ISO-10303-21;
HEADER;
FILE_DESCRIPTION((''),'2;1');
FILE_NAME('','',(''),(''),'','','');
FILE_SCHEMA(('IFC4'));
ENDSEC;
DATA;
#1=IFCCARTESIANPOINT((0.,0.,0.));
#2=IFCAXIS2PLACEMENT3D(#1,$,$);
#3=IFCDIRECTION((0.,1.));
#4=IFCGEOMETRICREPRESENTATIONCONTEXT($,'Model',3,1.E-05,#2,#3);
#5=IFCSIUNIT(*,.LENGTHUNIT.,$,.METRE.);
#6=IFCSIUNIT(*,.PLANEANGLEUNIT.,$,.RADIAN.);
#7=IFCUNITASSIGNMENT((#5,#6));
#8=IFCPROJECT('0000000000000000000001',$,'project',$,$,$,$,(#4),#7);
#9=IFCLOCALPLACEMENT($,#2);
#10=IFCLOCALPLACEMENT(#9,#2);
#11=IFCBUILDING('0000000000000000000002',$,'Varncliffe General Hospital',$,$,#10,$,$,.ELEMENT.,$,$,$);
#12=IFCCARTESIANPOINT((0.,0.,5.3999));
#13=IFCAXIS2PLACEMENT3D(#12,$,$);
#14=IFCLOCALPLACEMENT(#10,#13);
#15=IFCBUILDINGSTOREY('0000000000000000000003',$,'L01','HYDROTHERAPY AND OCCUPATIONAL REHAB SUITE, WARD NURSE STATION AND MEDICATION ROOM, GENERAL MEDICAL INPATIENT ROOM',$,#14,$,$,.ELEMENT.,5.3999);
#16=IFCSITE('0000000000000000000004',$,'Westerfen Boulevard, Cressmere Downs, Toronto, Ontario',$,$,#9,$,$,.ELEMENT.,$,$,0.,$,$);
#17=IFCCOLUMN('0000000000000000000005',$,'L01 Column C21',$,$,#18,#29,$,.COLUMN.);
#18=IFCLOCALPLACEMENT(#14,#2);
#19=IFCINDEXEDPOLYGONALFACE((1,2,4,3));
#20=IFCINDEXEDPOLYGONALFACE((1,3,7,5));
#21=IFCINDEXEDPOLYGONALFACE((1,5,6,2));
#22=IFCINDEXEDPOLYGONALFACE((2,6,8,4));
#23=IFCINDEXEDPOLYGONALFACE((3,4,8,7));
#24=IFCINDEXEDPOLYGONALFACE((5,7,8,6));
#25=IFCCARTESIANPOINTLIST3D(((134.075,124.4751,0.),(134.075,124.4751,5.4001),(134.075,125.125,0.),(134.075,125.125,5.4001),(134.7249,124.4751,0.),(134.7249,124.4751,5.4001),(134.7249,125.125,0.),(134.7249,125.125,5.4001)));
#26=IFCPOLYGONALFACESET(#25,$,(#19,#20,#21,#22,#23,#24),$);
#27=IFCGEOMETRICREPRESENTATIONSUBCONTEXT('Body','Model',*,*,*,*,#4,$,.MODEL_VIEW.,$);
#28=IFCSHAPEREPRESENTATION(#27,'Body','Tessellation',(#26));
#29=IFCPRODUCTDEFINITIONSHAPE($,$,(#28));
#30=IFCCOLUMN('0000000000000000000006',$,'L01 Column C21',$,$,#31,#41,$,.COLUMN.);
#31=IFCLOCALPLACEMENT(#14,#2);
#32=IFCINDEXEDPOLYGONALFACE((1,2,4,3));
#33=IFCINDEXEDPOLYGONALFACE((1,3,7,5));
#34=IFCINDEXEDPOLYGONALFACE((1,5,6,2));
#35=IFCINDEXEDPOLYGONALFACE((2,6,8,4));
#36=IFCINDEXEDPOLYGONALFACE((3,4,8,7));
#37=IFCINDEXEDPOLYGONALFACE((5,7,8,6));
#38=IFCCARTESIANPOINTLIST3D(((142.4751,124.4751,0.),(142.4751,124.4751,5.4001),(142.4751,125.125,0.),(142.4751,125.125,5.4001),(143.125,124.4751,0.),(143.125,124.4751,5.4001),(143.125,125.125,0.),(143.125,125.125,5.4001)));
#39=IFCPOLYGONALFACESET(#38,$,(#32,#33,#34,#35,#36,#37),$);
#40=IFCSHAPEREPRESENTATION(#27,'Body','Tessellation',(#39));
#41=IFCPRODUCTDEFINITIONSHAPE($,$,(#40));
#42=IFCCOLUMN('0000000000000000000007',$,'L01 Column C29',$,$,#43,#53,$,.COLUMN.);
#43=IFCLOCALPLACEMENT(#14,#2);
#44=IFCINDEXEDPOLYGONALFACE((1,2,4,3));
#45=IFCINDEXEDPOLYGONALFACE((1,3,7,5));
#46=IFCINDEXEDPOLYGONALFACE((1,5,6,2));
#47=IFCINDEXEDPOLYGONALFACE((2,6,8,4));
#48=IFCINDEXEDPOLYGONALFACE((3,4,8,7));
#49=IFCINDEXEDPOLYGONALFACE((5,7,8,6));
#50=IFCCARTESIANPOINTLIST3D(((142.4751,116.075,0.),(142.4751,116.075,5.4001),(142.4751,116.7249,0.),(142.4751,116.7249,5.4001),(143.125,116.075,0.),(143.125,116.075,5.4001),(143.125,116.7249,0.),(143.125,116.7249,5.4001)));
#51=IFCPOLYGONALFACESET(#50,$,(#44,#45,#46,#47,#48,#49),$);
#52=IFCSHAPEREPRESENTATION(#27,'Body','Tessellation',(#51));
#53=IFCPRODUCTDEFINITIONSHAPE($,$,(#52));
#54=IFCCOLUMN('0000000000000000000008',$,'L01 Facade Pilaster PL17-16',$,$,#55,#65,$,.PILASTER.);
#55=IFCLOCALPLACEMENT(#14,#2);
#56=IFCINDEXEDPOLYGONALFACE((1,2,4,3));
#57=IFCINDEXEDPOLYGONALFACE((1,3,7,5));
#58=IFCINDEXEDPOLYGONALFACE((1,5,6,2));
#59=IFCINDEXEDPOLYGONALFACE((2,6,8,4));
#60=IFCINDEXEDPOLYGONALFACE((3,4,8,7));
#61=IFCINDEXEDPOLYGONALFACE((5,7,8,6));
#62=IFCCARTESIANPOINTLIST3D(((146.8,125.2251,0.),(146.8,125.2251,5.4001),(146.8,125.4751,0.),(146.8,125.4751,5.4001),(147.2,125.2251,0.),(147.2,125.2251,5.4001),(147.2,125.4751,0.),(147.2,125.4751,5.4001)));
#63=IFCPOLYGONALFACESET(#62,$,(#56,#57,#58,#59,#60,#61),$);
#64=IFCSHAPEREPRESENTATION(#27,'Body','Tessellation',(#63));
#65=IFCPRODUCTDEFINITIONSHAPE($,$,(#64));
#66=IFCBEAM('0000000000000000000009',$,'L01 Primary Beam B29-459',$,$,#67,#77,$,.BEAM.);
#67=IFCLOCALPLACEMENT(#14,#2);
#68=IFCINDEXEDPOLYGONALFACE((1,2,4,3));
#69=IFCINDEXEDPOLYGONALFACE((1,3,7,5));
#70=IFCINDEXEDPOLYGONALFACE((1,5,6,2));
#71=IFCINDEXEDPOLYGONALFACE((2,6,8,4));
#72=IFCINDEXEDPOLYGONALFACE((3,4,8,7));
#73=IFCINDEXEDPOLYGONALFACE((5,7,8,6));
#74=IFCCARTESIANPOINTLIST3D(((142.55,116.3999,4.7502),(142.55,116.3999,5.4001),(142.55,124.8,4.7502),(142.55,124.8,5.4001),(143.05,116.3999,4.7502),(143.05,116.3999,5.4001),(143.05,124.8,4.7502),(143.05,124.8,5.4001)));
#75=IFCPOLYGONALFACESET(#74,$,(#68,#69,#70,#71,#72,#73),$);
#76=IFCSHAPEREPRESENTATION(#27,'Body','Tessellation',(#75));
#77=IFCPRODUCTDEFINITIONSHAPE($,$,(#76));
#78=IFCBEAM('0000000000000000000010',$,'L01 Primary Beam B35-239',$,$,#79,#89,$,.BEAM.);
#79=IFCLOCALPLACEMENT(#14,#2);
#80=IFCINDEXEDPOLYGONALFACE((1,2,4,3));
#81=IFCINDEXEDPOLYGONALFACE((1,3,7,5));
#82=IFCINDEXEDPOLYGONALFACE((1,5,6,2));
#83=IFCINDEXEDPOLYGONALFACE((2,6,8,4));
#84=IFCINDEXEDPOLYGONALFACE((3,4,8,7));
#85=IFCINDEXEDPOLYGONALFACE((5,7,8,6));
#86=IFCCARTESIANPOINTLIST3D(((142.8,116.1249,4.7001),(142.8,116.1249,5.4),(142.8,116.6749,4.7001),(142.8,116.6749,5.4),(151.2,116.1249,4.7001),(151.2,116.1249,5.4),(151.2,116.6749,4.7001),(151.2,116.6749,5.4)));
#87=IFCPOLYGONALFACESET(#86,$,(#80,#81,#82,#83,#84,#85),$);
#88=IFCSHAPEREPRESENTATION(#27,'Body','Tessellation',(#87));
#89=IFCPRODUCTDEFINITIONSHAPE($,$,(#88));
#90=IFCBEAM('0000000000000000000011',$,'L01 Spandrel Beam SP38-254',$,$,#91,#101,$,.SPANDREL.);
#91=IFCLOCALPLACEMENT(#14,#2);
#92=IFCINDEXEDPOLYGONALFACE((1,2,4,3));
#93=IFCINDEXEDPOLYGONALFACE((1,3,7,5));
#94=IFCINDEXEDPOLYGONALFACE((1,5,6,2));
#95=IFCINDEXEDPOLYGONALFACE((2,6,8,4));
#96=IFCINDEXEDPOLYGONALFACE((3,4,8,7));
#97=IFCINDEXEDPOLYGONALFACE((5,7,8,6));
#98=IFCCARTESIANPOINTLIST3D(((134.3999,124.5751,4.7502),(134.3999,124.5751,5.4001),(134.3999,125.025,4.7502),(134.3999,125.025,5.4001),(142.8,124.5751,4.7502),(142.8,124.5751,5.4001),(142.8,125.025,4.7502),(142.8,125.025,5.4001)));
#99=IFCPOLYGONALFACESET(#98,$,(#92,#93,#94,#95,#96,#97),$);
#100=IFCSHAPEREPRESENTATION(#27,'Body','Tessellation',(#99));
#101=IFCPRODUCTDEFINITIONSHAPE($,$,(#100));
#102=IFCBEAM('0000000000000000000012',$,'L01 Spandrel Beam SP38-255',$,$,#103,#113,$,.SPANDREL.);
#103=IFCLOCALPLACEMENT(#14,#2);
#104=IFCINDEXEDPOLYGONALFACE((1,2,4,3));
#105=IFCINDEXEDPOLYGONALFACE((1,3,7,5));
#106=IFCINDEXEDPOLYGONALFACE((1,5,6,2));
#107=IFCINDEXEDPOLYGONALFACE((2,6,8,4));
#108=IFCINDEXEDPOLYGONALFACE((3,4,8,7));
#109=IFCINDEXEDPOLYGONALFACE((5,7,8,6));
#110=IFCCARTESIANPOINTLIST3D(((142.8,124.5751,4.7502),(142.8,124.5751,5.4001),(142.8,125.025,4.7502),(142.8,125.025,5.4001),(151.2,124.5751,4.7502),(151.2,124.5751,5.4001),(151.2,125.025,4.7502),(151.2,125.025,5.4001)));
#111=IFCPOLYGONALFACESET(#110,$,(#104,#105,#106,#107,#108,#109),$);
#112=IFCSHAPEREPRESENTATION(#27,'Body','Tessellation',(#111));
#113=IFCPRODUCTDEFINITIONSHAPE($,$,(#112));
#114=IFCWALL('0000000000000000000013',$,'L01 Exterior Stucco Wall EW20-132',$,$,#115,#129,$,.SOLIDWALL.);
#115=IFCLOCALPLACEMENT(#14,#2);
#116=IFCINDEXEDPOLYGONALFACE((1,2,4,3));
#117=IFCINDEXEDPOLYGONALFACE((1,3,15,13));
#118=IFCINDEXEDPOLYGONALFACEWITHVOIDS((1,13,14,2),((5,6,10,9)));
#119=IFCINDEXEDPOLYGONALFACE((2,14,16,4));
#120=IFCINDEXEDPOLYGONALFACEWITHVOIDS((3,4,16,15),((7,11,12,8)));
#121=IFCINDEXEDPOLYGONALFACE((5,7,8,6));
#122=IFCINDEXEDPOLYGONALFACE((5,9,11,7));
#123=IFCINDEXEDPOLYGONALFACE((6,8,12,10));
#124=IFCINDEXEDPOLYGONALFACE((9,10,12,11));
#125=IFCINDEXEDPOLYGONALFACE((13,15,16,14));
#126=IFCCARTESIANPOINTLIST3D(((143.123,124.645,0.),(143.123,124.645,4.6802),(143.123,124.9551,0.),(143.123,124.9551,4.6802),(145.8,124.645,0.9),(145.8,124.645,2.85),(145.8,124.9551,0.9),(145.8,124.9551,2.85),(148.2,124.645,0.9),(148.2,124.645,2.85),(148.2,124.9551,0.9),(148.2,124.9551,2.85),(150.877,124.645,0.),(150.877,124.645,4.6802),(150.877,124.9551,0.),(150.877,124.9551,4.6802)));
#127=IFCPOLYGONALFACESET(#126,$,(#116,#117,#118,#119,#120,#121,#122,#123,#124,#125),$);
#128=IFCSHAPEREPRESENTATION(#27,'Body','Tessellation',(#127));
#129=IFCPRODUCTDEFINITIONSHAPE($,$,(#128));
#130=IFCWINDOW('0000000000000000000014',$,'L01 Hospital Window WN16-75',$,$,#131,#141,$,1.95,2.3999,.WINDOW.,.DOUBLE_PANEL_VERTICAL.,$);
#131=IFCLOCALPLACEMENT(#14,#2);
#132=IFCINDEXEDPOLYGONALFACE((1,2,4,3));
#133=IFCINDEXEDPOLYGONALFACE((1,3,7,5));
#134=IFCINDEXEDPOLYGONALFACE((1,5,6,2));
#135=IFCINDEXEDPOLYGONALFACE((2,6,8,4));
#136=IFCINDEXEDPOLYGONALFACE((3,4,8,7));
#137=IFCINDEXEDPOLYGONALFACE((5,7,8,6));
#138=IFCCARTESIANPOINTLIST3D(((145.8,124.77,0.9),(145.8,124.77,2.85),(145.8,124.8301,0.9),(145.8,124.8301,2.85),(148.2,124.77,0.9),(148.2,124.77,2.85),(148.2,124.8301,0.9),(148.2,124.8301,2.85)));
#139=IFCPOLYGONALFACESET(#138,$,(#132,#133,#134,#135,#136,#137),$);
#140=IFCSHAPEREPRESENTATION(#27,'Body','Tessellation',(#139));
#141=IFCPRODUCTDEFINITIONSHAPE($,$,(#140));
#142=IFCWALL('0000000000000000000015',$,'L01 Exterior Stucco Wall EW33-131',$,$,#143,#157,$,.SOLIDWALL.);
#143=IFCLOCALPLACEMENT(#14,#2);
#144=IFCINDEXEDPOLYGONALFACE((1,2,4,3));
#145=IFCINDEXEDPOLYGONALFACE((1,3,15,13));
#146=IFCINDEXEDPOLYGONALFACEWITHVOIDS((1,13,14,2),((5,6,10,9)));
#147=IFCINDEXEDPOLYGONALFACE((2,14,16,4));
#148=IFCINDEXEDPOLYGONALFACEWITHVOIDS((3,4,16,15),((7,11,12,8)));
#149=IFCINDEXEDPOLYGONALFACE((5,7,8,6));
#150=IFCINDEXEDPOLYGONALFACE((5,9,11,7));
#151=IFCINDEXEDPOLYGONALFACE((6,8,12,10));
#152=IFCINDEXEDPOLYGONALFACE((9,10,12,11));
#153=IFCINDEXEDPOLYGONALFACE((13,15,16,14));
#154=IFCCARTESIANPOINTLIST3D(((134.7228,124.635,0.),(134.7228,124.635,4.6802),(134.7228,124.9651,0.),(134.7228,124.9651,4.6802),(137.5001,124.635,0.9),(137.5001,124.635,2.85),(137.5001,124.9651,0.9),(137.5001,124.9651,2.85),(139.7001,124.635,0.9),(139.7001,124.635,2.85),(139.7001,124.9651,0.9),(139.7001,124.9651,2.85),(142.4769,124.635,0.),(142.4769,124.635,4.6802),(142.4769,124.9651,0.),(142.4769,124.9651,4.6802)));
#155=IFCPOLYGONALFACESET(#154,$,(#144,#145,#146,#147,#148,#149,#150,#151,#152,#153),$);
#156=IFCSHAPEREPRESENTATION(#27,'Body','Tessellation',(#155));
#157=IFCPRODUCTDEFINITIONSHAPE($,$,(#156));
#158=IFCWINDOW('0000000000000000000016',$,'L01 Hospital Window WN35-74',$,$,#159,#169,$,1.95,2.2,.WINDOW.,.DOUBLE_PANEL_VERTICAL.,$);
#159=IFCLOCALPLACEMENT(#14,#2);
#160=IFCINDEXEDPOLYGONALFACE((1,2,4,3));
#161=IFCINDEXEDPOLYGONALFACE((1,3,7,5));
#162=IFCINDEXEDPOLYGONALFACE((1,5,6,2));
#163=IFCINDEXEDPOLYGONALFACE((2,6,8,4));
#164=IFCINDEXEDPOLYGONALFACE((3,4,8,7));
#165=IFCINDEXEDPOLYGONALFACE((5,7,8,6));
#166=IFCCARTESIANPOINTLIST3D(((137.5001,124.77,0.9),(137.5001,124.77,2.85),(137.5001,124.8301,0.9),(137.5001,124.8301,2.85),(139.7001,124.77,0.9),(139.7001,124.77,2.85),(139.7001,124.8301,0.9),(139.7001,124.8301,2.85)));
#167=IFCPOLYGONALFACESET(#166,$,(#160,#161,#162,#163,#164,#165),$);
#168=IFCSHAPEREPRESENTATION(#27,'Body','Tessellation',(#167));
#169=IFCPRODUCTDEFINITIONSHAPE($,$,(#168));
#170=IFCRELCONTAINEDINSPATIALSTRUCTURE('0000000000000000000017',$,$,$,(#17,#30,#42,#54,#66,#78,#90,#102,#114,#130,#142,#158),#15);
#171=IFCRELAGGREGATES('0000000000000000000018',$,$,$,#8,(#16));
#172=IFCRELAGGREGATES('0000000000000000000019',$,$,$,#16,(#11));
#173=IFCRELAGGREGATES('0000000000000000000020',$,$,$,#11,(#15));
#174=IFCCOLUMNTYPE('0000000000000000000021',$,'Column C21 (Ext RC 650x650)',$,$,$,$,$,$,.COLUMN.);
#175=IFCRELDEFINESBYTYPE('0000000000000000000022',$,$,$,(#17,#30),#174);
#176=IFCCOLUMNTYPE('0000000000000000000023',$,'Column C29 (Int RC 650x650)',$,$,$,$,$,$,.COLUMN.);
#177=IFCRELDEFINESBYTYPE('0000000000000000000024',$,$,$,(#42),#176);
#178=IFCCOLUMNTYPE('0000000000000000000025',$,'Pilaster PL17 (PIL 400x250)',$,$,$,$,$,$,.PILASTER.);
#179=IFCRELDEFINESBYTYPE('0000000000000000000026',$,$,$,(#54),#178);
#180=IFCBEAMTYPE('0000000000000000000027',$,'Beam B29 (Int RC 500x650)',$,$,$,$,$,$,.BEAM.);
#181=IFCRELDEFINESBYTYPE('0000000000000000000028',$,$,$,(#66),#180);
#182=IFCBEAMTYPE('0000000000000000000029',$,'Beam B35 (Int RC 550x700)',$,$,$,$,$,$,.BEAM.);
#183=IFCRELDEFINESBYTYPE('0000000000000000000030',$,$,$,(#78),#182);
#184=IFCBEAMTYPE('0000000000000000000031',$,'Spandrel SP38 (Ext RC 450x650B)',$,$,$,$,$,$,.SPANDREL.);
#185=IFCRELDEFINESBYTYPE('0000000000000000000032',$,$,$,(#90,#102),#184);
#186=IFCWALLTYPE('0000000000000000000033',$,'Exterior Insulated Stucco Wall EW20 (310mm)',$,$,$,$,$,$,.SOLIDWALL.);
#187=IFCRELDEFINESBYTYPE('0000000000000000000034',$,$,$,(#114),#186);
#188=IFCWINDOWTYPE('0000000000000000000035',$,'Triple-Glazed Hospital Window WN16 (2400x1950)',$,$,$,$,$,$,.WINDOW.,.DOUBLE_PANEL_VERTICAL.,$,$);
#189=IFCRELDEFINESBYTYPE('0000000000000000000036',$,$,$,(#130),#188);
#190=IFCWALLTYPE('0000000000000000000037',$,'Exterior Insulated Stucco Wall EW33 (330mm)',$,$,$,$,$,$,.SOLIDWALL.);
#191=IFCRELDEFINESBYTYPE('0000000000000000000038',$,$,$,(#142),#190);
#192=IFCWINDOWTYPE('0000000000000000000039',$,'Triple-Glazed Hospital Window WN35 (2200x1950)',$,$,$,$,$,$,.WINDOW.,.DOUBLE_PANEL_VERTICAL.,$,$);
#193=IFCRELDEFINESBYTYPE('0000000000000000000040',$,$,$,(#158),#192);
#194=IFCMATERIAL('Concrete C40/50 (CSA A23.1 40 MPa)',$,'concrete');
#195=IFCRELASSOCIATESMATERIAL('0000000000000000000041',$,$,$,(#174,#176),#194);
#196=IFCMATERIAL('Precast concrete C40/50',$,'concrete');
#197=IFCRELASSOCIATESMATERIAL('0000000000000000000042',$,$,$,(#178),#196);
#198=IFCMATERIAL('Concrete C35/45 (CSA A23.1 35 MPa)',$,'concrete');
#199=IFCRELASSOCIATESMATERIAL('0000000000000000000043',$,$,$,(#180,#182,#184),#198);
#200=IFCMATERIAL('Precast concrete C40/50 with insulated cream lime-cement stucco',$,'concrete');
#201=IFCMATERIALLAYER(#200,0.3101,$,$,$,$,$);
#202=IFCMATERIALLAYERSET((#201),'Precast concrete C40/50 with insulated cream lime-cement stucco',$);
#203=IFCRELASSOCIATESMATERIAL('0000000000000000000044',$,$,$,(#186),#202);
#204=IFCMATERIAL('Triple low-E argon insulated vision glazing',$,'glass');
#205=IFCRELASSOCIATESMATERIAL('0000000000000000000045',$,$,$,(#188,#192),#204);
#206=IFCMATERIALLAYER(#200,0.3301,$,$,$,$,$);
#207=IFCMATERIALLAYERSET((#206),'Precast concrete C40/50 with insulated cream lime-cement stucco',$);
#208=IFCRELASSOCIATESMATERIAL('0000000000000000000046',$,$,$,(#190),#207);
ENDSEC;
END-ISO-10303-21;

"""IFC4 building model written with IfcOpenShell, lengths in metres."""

from ifc_helpers import new_model, si_unit, direction, frame, frame_2d, origin, origin_2d, place, context, subcontext, project, spatial, rectangle, extrude, material, layer, layer_set, material_profile, profile_set, type_object, element, fill, save


model = new_model("IFC4")

# Units and contexts
model_context = context("Model", 3, precision=1e-05, world=origin(), true_north=direction((0.0, 1.0)))
body_context = subcontext(model_context, "Body", "Model", "MODEL_VIEW")
ifc_project = project(units=[si_unit("LENGTHUNIT", "METRE"), si_unit("PLANEANGLEUNIT", "RADIAN")], contexts=[model_context])

# Site, building, storey
site_placement = place(None, origin())
site = spatial("IfcSite", under=ifc_project, at=site_placement, Name="Westerfen Boulevard, Cressmere Downs, Toronto, Ontario", CompositionType="ELEMENT", RefElevation=0.0)
building_placement = place(site_placement, origin())
building = spatial("IfcBuilding", under=site, at=building_placement, Name="Varncliffe General Hospital", CompositionType="ELEMENT")
storey_placement = place(building_placement, frame((0.0, 0.0, 5.3999)))
storey = spatial("IfcBuildingStorey", under=building, at=storey_placement, Name="L01", Description="HYDROTHERAPY AND OCCUPATIONAL REHAB SUITE, WARD NURSE STATION AND MEDICATION ROOM, GENERAL MEDICAL INPATIENT ROOM", CompositionType="ELEMENT", Elevation=5.3999)

# Columns
ifc_material_1 = material(Name="Concrete C40/50 (CSA A23.1 40 MPa)", Category="concrete")
ifc_material_profile_1 = material_profile(ifc_material_1, rectangle(XDim=0.6499, YDim=0.6499, at=origin_2d()), Name="RC 650x650")
ifc_profile_set_1 = profile_set([ifc_material_profile_1], Name="Concrete C40/50 (CSA A23.1 40 MPa)")
column_type_1 = type_object("IfcColumnType", Name="Column C21 (Ext RC 650x650)", PredefinedType="COLUMN", material=ifc_profile_set_1)
for number, where, z_axis, x_axis, name in (
    (1, (134.3999, 124.8, 0.0), (0.0, 0.0, 1.0), (1.0, 0.0, 0.0), "L01 Column C21"),
    (2, (142.8, 124.8, 0.0), (0.0, 0.0, 1.0), (1.0, 0.0, 0.0), "L01 Column C21"),
):
    element("IfcColumn", number, at=place(storey_placement, frame(where, z_axis=z_axis, x_axis=x_axis)), inside=storey, type_object=column_type_1, Name=name, PredefinedType="COLUMN", context=body_context, shape_type="SweptSolid", body=[
        extrude(rectangle(XDim=0.6499, YDim=0.6499, at=origin_2d()), origin(), (0.0, 0.0, 1.0), 5.4001),
    ])
ifc_material_profile_2 = material_profile(ifc_material_1, rectangle(XDim=0.6499, YDim=0.6499, at=origin_2d()), Name="RC 650x650")
ifc_profile_set_2 = profile_set([ifc_material_profile_2], Name="Concrete C40/50 (CSA A23.1 40 MPa)")
column_type_2 = type_object("IfcColumnType", Name="Column C29 (Int RC 650x650)", PredefinedType="COLUMN", material=ifc_profile_set_2)
column_1_placement = place(storey_placement, frame((142.8, 116.3999, 0.0), z_axis=(0.0, 0.0, 1.0), x_axis=(1.0, 0.0, 0.0)))
element("IfcColumn", 3, at=column_1_placement, inside=storey, type_object=column_type_2, Name="L01 Column C29", PredefinedType="COLUMN", context=body_context, shape_type="SweptSolid", body=[
    extrude(rectangle(XDim=0.6499, YDim=0.6499, at=origin_2d()), origin(), (0.0, 0.0, 1.0), 5.4001),
])
ifc_material_2 = material(Name="Precast concrete C40/50", Category="concrete")
ifc_material_profile_3 = material_profile(ifc_material_2, rectangle(XDim=0.3999, YDim=0.25, at=origin_2d()), Name="PIL 400x250")
ifc_profile_set_3 = profile_set([ifc_material_profile_3], Name="Precast concrete C40/50")
column_type_3 = type_object("IfcColumnType", Name="Pilaster PL17 (PIL 400x250)", PredefinedType="PILASTER", material=ifc_profile_set_3)
column_2_placement = place(storey_placement, frame((147.0, 125.3501, 0.0), z_axis=(0.0, 0.0, 1.0), x_axis=(1.0, 0.0, 0.0)))
element("IfcColumn", 4, at=column_2_placement, inside=storey, type_object=column_type_3, Name="L01 Facade Pilaster PL17-16", PredefinedType="PILASTER", context=body_context, shape_type="SweptSolid", body=[
    extrude(rectangle(XDim=0.3999, YDim=0.25, at=origin_2d()), origin(), (0.0, 0.0, 1.0), 5.4001),
])

# Beams
ifc_material_3 = material(Name="Concrete C35/45 (CSA A23.1 35 MPa)", Category="concrete")
ifc_material_profile_4 = material_profile(ifc_material_3, rectangle(XDim=0.5, YDim=0.6499, at=origin_2d()), Name="RC 500x650")
ifc_profile_set_4 = profile_set([ifc_material_profile_4], Name="Concrete C35/45 (CSA A23.1 35 MPa)")
beam_type_1 = type_object("IfcBeamType", Name="Beam B29 (Int RC 500x650)", PredefinedType="BEAM", material=ifc_profile_set_4)
beam_1_placement = place(storey_placement, frame((142.8, 116.3999, 5.0752), z_axis=(0.0, 1.0, 0.0), x_axis=(-1.0, 0.0, 0.0)))
element("IfcBeam", 5, at=beam_1_placement, inside=storey, type_object=beam_type_1, Name="L01 Primary Beam B29-459", PredefinedType="BEAM", context=body_context, shape_type="SweptSolid", body=[
    extrude(rectangle(XDim=0.5, YDim=0.6499, at=origin_2d()), origin(), (0.0, 0.0, 1.0), 8.4001),
])
ifc_material_profile_5 = material_profile(ifc_material_3, rectangle(XDim=0.55, YDim=0.7, at=origin_2d()), Name="RC 550x700")
ifc_profile_set_5 = profile_set([ifc_material_profile_5], Name="Concrete C35/45 (CSA A23.1 35 MPa)")
beam_type_2 = type_object("IfcBeamType", Name="Beam B35 (Int RC 550x700)", PredefinedType="BEAM", material=ifc_profile_set_5)
beam_2_placement = place(storey_placement, frame((142.8, 116.3999, 5.05), z_axis=(1.0, 0.0, 0.0), x_axis=(0.0, 1.0, 0.0)))
element("IfcBeam", 6, at=beam_2_placement, inside=storey, type_object=beam_type_2, Name="L01 Primary Beam B35-239", PredefinedType="BEAM", context=body_context, shape_type="SweptSolid", body=[
    extrude(rectangle(XDim=0.55, YDim=0.7, at=origin_2d()), origin(), (0.0, 0.0, 1.0), 8.3999),
])
ifc_material_profile_6 = material_profile(ifc_material_3, rectangle(XDim=0.45, YDim=0.6499, at=origin_2d()), Name="RC 450x650")
ifc_profile_set_6 = profile_set([ifc_material_profile_6], Name="Concrete C35/45 (CSA A23.1 35 MPa)")
beam_type_3 = type_object("IfcBeamType", Name="Spandrel SP38 (Ext RC 450x650B)", PredefinedType="SPANDREL", material=ifc_profile_set_6)
beam_3_placement = place(storey_placement, frame((134.3999, 124.8, 5.0752), z_axis=(1.0, 0.0, 0.0), x_axis=(0.0, 1.0, 0.0)))
element("IfcBeam", 7, at=beam_3_placement, inside=storey, type_object=beam_type_3, Name="L01 Spandrel Beam SP38-254", PredefinedType="SPANDREL", context=body_context, shape_type="SweptSolid", body=[
    extrude(rectangle(XDim=0.45, YDim=0.6499, at=origin_2d()), origin(), (0.0, 0.0, 1.0), 8.4001),
])
beam_4_placement = place(storey_placement, frame((142.8, 124.8, 5.0752), z_axis=(1.0, 0.0, 0.0), x_axis=(0.0, 1.0, 0.0)))
element("IfcBeam", 8, at=beam_4_placement, inside=storey, type_object=beam_type_3, Name="L01 Spandrel Beam SP38-255", PredefinedType="SPANDREL", context=body_context, shape_type="SweptSolid", body=[
    extrude(rectangle(XDim=0.45, YDim=0.6499, at=origin_2d()), origin(), (0.0, 0.0, 1.0), 8.3999),
])

# Walls, openings, windows
ifc_material_4 = material(Name="Precast concrete C40/50 with insulated cream lime-cement stucco", Category="concrete")
ifc_layer_1 = layer(ifc_material_4, 0.3101)
ifc_layer_set_1 = layer_set([ifc_layer_1], Name="Precast concrete C40/50 with insulated cream lime-cement stucco")
wall_type_1 = type_object("IfcWallType", Name="Exterior Insulated Stucco Wall EW20 (310mm)", PredefinedType="SOLIDWALL", material=ifc_layer_set_1)
wall_1_placement = place(storey_placement, frame((143.123, 124.8, 0.0), z_axis=(0.0, 0.0, 1.0), x_axis=(1.0, 0.0, 0.0)))
wall_1 = element("IfcWall", 9, at=wall_1_placement, inside=storey, type_object=wall_type_1, Name="L01 Exterior Stucco Wall EW20-132", PredefinedType="SOLIDWALL", context=body_context, shape_type="SweptSolid", body=[
    extrude(rectangle(XDim=7.7539, YDim=0.3101, at=frame_2d((3.877, 0.0))), origin(), (0.0, 0.0, 1.0), 4.6802),
])
opening_1_placement = place(wall_1_placement, frame((2.677, 0.0, 0.8999)))
opening_1 = element("IfcOpeningElement", 10, at=opening_1_placement, cuts=wall_1, PredefinedType="OPENING", context=body_context, shape_type="SweptSolid", body=[
    extrude(rectangle(XDim=2.3999, YDim=1.95, at=frame_2d((1.2, 0.9751))), frame((0.0, 0.165, 0.0), z_axis=(0.0, -1.0, 0.0), x_axis=(1.0, 0.0, 0.0)), (0.0, 0.0, 1.0), 0.3301),
])
ifc_material_5 = material(Name="Triple low-E argon insulated vision glazing", Category="glass")
window_type_1 = type_object("IfcWindowType", Name="Triple-Glazed Hospital Window WN16 (2400x1950)", PartitioningType="DOUBLE_PANEL_VERTICAL", PredefinedType="WINDOW", material=ifc_material_5)
window_1_placement = place(opening_1_placement, origin())
window_1 = element("IfcWindow", 11, at=window_1_placement, inside=storey, type_object=window_type_1, Name="L01 Hospital Window WN16-75", OverallHeight=1.95, OverallWidth=2.3999, PartitioningType="DOUBLE_PANEL_VERTICAL", PredefinedType="WINDOW", context=body_context, shape_type="SweptSolid", body=[
    extrude(rectangle(XDim=2.3999, YDim=1.95, at=frame_2d((1.2, 0.9751))), frame((0.0, 0.03, 0.0), z_axis=(0.0, -1.0, 0.0), x_axis=(1.0, 0.0, 0.0)), (0.0, 0.0, 1.0), 0.0601),
])
fill(opening_1, window_1)
ifc_layer_2 = layer(ifc_material_4, 0.3301)
ifc_layer_set_2 = layer_set([ifc_layer_2], Name="Precast concrete C40/50 with insulated cream lime-cement stucco")
wall_type_2 = type_object("IfcWallType", Name="Exterior Insulated Stucco Wall EW33 (330mm)", PredefinedType="SOLIDWALL", material=ifc_layer_set_2)
wall_2_placement = place(storey_placement, frame((134.7229, 124.8, 0.0), z_axis=(0.0, 0.0, 1.0), x_axis=(1.0, 0.0, 0.0)))
wall_2 = element("IfcWall", 12, at=wall_2_placement, inside=storey, type_object=wall_type_2, Name="L01 Exterior Stucco Wall EW33-131", PredefinedType="SOLIDWALL", context=body_context, shape_type="SweptSolid", body=[
    extrude(rectangle(XDim=7.7542, YDim=0.3301, at=frame_2d((3.877, 0.0))), origin(), (0.0, 0.0, 1.0), 4.6802),
])
opening_2_placement = place(wall_2_placement, frame((2.7771, 0.0, 0.8999)))
opening_2 = element("IfcOpeningElement", 13, at=opening_2_placement, cuts=wall_2, PredefinedType="OPENING", context=body_context, shape_type="SweptSolid", body=[
    extrude(rectangle(XDim=2.2, YDim=1.95, at=frame_2d((1.1001, 0.9751))), frame((0.0, 0.175, 0.0), z_axis=(0.0, -1.0, 0.0), x_axis=(1.0, 0.0, 0.0)), (0.0, 0.0, 1.0), 0.3501),
])
window_type_2 = type_object("IfcWindowType", Name="Triple-Glazed Hospital Window WN35 (2200x1950)", PartitioningType="DOUBLE_PANEL_VERTICAL", PredefinedType="WINDOW", material=ifc_material_5)
window_2_placement = place(opening_2_placement, origin())
window_2 = element("IfcWindow", 14, at=window_2_placement, inside=storey, type_object=window_type_2, Name="L01 Hospital Window WN35-74", OverallHeight=1.95, OverallWidth=2.2, PartitioningType="DOUBLE_PANEL_VERTICAL", PredefinedType="WINDOW", context=body_context, shape_type="SweptSolid", body=[
    extrude(rectangle(XDim=2.2, YDim=1.95, at=frame_2d((1.1001, 0.9751))), frame((0.0, 0.03, 0.0), z_axis=(0.0, -1.0, 0.0), x_axis=(1.0, 0.0, 0.0)), (0.0, 0.0, 1.0), 0.0601),
])
fill(opening_2, window_2)

save(model, "model.ifc")
